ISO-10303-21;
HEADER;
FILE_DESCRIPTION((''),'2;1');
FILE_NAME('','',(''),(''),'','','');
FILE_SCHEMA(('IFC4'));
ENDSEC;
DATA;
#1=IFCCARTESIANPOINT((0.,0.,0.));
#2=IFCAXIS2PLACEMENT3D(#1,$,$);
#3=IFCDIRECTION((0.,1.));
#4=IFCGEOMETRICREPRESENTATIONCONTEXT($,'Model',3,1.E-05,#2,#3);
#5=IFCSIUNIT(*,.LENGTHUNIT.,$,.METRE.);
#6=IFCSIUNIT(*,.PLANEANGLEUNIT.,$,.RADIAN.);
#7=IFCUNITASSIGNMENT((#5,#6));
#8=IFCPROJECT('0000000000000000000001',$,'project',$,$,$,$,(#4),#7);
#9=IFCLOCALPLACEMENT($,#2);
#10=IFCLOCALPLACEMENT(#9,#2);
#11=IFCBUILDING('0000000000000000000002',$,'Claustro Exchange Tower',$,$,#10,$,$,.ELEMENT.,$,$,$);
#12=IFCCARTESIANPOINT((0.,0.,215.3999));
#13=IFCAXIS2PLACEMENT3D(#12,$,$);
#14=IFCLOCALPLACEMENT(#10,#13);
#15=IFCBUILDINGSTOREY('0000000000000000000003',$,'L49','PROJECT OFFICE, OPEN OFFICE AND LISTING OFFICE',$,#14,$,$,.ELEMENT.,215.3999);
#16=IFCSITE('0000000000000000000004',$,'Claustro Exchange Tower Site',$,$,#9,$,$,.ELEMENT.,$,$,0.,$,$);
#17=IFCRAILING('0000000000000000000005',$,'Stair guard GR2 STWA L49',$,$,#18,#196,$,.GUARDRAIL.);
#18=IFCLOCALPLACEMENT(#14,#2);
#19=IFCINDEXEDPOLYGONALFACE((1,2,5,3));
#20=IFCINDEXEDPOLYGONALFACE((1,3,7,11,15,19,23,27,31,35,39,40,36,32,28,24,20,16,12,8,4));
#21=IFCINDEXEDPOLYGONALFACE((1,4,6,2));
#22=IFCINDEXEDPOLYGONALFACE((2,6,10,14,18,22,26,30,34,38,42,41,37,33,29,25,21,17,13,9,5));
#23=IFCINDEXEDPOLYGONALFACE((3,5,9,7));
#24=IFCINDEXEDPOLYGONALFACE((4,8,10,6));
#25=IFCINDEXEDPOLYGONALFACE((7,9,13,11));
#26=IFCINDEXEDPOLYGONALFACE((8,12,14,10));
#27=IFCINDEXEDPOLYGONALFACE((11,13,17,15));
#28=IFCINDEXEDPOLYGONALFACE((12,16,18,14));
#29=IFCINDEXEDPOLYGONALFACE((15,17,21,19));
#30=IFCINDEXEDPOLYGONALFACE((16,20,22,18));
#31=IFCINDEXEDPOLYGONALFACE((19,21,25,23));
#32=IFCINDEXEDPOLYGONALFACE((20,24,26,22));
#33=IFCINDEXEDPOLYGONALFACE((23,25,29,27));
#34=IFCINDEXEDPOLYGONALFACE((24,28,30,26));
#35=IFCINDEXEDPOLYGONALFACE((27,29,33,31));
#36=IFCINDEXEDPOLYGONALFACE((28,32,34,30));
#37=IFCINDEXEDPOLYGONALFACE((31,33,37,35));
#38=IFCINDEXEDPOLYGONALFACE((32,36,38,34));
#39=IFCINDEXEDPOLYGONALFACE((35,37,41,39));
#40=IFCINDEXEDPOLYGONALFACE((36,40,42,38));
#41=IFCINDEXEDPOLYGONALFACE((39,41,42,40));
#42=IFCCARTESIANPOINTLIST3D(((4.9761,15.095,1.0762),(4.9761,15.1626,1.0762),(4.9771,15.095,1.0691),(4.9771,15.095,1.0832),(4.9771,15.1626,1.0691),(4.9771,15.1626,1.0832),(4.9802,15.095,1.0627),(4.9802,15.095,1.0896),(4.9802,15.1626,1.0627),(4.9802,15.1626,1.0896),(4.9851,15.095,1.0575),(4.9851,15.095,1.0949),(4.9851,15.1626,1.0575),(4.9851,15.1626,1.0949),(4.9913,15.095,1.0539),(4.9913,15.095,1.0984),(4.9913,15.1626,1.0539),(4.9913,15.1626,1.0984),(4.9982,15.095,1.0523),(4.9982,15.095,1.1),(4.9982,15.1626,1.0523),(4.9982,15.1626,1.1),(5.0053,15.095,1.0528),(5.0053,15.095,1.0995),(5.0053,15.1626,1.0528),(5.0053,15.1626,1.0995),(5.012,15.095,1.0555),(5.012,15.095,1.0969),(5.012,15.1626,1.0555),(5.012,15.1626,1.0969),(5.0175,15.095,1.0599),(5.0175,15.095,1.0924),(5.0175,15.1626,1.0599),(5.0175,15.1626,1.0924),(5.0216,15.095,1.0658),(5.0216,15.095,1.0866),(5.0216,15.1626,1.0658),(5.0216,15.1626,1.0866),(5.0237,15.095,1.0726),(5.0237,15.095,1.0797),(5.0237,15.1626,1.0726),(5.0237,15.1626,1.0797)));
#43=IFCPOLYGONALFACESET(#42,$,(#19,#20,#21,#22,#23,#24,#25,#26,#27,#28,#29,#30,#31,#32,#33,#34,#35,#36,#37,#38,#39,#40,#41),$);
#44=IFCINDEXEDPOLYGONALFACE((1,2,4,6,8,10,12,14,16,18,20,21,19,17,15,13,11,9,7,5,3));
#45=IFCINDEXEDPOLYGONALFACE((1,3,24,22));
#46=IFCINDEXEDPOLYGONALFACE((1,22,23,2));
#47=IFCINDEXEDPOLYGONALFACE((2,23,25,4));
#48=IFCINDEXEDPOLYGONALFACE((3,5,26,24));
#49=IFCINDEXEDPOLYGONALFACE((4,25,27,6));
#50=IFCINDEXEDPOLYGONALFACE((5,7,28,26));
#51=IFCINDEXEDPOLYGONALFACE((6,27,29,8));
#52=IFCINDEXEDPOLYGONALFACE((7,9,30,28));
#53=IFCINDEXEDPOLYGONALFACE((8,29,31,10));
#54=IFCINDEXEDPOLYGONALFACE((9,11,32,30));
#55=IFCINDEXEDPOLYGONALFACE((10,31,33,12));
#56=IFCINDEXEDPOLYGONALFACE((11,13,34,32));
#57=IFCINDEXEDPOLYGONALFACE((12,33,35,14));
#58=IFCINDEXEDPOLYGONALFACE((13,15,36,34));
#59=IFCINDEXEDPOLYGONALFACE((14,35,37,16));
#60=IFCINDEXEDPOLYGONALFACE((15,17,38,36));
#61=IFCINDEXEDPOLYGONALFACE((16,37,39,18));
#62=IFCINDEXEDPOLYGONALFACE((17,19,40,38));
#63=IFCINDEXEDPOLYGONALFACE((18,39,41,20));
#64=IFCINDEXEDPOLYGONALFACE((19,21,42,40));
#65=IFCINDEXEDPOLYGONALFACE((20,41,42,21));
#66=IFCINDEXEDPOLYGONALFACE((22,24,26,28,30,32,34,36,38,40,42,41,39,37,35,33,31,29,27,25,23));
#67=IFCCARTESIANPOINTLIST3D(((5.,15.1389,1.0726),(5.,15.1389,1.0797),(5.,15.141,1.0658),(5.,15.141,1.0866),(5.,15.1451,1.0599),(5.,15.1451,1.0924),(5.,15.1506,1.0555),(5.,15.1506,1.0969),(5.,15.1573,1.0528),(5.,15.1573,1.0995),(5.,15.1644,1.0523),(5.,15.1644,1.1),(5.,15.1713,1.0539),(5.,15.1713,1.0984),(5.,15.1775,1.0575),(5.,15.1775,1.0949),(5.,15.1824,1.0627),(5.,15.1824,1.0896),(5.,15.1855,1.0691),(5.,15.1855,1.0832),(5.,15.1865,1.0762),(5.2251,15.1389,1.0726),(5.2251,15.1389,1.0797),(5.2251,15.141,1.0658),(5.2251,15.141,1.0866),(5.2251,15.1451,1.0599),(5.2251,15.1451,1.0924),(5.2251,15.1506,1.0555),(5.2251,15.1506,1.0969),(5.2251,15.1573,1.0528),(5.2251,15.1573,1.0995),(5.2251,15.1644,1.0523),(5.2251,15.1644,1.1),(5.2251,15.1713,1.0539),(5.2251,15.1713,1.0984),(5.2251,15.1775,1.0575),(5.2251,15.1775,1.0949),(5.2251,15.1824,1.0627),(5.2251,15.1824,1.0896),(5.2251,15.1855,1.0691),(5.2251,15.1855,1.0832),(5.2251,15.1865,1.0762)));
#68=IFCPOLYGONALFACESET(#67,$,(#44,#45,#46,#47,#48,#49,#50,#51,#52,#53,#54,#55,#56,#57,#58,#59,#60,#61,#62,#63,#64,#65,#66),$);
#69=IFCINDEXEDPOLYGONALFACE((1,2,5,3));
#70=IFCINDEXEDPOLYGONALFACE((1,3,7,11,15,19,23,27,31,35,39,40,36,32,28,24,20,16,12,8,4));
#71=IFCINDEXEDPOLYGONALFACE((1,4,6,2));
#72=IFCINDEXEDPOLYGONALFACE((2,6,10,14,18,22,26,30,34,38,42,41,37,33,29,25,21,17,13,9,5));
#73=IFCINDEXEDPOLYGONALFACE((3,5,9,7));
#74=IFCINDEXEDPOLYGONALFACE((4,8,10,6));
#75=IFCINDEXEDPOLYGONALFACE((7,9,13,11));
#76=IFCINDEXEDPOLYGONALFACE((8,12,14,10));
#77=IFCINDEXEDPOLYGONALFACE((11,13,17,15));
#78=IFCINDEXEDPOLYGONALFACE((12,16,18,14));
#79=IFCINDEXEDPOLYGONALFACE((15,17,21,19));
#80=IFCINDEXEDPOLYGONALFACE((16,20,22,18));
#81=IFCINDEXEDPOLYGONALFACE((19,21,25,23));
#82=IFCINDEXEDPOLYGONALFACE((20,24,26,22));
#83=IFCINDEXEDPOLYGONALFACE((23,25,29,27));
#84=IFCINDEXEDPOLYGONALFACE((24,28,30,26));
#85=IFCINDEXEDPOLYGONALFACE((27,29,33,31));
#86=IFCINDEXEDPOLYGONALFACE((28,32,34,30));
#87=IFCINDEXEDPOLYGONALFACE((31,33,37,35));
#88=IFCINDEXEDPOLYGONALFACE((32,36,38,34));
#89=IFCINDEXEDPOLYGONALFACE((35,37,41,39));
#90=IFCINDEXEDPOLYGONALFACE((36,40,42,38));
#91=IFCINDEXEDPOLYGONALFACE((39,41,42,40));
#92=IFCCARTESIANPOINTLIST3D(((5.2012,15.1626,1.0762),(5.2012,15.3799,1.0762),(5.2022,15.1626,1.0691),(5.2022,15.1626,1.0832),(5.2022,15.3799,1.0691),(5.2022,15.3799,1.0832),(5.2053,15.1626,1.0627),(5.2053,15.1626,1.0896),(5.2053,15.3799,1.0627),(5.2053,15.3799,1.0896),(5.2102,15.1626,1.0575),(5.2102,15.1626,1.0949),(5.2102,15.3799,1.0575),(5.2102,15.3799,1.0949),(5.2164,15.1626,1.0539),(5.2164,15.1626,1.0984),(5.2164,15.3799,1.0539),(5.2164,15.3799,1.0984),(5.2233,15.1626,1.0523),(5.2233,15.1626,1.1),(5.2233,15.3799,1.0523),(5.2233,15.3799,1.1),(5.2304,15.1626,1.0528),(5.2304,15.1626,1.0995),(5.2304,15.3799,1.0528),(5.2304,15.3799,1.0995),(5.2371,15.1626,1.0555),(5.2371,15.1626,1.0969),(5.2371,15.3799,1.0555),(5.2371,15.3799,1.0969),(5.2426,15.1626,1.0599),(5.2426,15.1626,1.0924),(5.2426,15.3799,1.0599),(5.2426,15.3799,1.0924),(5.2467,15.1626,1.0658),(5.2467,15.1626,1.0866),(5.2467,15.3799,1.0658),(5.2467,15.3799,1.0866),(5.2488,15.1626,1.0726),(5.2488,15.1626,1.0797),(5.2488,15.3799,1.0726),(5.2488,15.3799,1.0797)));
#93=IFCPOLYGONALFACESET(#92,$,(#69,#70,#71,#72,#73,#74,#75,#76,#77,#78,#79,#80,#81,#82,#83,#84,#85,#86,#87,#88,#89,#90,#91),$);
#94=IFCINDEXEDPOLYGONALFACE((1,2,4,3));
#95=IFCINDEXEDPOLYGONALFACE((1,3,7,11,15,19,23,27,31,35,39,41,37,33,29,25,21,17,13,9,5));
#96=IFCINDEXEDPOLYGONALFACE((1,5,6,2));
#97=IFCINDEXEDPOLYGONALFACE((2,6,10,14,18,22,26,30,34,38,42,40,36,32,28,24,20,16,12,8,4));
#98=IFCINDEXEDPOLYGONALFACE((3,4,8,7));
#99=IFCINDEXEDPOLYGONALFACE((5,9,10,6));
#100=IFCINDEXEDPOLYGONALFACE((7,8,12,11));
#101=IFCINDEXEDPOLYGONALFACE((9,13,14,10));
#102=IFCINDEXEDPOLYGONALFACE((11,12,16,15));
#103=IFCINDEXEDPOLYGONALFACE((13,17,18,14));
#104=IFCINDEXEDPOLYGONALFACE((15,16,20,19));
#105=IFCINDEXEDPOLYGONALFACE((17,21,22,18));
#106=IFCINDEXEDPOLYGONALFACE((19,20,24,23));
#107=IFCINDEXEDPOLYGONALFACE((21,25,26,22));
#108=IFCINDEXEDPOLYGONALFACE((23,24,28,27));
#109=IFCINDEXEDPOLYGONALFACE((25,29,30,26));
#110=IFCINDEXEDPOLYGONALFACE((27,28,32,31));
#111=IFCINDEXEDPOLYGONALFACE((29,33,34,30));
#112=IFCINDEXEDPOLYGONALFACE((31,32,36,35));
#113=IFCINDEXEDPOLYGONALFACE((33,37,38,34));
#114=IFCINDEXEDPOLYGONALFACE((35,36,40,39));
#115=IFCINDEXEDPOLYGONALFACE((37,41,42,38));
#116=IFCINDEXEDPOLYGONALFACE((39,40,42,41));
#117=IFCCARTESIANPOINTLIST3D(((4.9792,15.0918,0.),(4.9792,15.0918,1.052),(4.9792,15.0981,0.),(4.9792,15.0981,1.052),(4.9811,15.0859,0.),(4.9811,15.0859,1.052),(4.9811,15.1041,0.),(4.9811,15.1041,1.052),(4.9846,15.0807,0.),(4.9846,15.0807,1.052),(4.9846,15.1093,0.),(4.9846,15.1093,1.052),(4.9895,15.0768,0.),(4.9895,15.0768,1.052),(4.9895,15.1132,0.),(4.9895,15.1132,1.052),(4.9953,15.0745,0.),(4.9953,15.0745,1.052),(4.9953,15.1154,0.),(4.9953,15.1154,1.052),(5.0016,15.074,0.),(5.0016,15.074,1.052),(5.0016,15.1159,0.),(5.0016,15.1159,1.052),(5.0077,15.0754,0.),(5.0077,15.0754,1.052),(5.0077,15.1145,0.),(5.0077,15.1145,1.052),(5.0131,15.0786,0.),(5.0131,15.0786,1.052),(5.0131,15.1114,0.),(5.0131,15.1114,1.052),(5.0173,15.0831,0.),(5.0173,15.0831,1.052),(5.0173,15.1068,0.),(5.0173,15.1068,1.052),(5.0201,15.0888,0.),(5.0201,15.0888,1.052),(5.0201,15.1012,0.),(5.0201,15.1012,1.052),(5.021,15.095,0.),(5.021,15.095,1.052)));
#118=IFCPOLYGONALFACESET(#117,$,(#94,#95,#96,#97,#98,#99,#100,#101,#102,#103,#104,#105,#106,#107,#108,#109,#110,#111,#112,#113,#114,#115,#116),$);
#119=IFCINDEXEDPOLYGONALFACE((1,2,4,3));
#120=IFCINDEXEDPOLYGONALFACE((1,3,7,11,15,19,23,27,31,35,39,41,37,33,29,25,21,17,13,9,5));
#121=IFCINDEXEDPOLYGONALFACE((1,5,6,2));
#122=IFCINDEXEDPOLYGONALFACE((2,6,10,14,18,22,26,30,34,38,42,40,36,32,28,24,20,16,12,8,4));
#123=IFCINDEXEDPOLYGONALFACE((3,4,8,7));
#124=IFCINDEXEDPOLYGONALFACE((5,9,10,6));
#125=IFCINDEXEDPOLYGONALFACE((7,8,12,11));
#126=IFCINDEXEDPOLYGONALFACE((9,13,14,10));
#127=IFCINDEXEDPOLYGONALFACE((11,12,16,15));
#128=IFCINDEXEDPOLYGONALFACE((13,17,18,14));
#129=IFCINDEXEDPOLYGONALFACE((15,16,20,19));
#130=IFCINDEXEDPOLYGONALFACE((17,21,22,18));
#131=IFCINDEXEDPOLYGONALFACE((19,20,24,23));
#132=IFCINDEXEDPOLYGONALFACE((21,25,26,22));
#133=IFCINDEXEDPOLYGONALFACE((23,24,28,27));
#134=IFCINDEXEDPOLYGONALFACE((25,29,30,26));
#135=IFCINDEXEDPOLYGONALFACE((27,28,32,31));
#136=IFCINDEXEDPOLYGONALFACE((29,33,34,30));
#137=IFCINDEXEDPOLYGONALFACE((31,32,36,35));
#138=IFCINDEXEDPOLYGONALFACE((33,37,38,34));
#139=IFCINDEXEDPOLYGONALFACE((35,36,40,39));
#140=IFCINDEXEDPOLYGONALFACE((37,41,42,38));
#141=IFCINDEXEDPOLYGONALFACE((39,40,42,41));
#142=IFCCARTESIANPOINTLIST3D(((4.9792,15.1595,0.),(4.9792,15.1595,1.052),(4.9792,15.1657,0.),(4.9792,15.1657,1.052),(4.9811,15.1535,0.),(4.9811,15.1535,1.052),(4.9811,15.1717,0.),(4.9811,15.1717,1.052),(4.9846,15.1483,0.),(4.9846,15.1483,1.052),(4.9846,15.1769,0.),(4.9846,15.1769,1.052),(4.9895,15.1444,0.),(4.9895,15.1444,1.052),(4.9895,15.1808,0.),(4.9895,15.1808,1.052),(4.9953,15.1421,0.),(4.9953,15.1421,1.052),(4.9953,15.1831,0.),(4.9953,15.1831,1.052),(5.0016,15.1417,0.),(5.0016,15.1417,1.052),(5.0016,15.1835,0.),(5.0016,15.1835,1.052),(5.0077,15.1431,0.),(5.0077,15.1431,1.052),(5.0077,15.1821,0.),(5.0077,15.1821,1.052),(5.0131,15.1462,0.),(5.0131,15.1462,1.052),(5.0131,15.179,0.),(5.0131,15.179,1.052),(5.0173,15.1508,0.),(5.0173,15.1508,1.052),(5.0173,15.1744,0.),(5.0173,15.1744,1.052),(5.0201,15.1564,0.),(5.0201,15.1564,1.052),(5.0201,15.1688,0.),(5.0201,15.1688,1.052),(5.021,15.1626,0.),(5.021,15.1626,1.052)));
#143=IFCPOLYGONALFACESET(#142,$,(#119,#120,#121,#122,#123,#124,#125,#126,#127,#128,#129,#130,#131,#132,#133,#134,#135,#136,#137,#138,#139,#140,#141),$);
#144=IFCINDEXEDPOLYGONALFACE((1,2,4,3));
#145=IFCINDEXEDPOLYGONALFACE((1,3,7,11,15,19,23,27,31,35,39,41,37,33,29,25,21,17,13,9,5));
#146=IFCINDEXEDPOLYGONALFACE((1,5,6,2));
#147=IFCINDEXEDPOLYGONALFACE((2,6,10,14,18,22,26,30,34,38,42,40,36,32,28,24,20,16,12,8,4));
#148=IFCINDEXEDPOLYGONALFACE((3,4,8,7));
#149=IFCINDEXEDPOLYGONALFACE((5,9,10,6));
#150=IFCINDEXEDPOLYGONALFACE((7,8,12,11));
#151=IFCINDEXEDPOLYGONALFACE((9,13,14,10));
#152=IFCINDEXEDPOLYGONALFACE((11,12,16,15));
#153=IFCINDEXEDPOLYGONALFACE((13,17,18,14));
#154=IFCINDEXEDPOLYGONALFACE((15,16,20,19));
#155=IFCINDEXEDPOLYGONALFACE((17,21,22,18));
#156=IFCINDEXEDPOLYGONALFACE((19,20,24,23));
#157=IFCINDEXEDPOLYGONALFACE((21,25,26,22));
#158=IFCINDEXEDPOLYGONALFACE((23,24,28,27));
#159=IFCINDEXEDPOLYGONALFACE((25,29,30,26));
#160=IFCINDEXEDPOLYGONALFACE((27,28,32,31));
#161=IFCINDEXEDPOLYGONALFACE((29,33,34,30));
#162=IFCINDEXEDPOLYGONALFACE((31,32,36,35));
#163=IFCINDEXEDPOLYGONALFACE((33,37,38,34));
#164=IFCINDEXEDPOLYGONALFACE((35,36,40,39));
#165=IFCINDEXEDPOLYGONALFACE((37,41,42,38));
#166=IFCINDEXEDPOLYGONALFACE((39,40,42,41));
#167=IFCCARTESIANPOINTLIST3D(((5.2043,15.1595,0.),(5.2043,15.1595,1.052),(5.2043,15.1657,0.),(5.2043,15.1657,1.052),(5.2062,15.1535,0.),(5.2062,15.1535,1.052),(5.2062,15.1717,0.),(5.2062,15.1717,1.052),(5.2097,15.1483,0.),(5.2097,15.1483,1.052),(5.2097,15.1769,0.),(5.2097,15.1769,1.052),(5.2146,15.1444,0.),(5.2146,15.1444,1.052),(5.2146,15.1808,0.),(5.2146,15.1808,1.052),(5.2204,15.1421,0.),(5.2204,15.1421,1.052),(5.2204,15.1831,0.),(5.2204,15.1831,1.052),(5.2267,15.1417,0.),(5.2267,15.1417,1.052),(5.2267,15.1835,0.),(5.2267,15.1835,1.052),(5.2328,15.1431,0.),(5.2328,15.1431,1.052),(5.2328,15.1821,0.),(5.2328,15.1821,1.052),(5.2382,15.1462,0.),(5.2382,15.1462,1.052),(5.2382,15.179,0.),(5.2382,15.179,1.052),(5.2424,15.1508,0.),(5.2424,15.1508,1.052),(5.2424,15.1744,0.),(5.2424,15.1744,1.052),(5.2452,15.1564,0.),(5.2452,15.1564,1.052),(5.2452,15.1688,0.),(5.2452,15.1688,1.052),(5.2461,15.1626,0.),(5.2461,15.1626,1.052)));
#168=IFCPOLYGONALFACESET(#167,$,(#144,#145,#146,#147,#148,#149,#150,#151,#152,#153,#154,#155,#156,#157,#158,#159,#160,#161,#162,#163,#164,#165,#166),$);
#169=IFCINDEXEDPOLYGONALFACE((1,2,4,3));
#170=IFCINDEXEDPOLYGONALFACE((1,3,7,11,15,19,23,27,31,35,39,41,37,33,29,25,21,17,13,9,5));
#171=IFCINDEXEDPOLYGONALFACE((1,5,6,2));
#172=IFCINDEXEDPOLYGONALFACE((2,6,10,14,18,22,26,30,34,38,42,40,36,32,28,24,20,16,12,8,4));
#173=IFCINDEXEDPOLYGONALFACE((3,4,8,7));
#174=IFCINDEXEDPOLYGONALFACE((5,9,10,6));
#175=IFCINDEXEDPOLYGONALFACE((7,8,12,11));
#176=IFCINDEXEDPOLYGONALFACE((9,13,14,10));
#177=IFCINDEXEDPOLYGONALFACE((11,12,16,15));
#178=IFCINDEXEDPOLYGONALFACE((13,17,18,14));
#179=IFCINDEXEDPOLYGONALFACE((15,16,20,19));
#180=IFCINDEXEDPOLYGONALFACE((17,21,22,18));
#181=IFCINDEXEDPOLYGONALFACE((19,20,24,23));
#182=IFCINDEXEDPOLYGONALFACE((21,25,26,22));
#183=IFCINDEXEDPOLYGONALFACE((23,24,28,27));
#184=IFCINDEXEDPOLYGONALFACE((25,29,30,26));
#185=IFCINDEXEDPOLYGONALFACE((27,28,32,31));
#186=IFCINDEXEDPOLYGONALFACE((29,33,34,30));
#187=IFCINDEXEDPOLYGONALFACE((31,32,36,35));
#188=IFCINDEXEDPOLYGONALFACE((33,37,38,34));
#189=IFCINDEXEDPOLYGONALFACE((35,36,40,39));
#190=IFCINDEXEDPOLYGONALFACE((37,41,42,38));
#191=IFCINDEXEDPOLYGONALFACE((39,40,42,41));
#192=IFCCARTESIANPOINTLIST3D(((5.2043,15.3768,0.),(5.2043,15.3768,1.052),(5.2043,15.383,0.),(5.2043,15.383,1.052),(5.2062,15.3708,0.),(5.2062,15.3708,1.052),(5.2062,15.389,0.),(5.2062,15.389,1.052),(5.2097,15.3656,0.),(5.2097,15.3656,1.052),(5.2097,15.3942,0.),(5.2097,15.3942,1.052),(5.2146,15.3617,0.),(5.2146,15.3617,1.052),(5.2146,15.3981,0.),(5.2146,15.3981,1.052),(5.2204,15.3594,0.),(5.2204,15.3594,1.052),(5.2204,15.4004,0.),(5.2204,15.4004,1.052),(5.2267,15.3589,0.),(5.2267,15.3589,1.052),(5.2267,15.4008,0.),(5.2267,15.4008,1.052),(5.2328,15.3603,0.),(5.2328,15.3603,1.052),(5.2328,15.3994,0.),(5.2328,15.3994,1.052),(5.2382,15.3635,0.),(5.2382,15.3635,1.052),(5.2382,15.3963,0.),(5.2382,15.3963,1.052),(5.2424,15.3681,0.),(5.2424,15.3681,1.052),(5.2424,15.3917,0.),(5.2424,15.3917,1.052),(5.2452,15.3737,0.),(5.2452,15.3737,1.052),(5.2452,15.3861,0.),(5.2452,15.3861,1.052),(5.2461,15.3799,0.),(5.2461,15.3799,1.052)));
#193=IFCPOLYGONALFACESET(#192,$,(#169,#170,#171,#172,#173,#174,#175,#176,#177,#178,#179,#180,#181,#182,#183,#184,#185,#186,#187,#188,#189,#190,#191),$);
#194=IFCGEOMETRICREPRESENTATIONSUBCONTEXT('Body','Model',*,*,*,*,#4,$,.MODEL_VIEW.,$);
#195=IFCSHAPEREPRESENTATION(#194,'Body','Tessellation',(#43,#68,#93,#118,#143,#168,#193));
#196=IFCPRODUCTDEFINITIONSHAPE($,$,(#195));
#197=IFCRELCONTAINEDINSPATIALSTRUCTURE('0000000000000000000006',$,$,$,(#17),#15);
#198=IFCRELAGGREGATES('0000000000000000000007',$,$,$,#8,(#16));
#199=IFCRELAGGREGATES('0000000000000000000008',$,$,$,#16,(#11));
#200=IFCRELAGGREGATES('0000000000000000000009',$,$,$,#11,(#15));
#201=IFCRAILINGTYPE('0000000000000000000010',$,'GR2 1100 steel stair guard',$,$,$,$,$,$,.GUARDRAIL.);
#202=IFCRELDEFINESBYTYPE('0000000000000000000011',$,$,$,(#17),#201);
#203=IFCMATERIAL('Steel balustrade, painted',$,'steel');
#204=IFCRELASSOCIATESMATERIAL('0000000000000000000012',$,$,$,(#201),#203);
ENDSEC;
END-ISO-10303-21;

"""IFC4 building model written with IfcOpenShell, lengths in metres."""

from ifc_helpers import new_model, si_unit, direction, frame, origin, origin_2d, place, context, subcontext, project, spatial, circle, extrude, material, type_object, element, save


model = new_model("IFC4")

# Units and contexts
model_context = context("Model", 3, precision=1e-05, world=origin(), true_north=direction((0.0, 1.0)))
body_context = subcontext(model_context, "Body", "Model", "MODEL_VIEW")
ifc_project = project(units=[si_unit("LENGTHUNIT", "METRE"), si_unit("PLANEANGLEUNIT", "RADIAN")], contexts=[model_context])

# Site, building, storey
site_placement = place(None, origin())
site = spatial("IfcSite", under=ifc_project, at=site_placement, Name="Claustro Exchange Tower Site", CompositionType="ELEMENT", RefElevation=0.0)
building_placement = place(site_placement, origin())
building = spatial("IfcBuilding", under=site, at=building_placement, Name="Claustro Exchange Tower", CompositionType="ELEMENT")
storey_placement = place(building_placement, frame((0.0, 0.0, 215.3999)))
storey = spatial("IfcBuildingStorey", under=building, at=storey_placement, Name="L49", Description="PROJECT OFFICE, OPEN OFFICE AND LISTING OFFICE", CompositionType="ELEMENT", Elevation=215.3999)

# Railing
ifc_material_1 = material(Name="Steel balustrade, painted", Category="steel")
railing_type_1 = type_object("IfcRailingType", Name="GR2 1100 steel stair guard", PredefinedType="GUARDRAIL", material=ifc_material_1)
railing_1_placement = place(storey_placement, frame((5.0, 15.095, 0.0)))
element("IfcRailing", 1, at=railing_1_placement, inside=storey, type_object=railing_type_1, Name="Stair guard GR2 STWA L49", PredefinedType="GUARDRAIL", context=body_context, shape_type="SweptSolid", body=[
    extrude(circle(Radius=0.0239, at=origin_2d()), frame((0.0, 0.0, 1.0762), z_axis=(0.0, 1.0, 0.0), x_axis=(-1.0, 0.0, 0.0)), (0.0, 0.0, 1.0), 0.0676),
    extrude(circle(Radius=0.0239, at=origin_2d()), frame((0.0, 0.0676, 1.0762), z_axis=(1.0, 0.0, 0.0), x_axis=(0.0, 1.0, 0.0)), (0.0, 0.0, 1.0), 0.2251),
    extrude(circle(Radius=0.0239, at=origin_2d()), frame((0.2251, 0.0676, 1.0762), z_axis=(0.0, 1.0, 0.0), x_axis=(-1.0, 0.0, 0.0)), (0.0, 0.0, 1.0), 0.2173),
    extrude(circle(Radius=0.021, at=origin_2d()), origin(), (0.0, 0.0, 1.0), 1.052),
    extrude(circle(Radius=0.021, at=origin_2d()), frame((0.0, 0.0676, 0.0)), (0.0, 0.0, 1.0), 1.052),
    extrude(circle(Radius=0.021, at=origin_2d()), frame((0.2251, 0.0676, 0.0)), (0.0, 0.0, 1.0), 1.052),
    extrude(circle(Radius=0.021, at=origin_2d()), frame((0.2251, 0.2849, 0.0)), (0.0, 0.0, 1.0), 1.052),
])

save(model, "model.ifc")
